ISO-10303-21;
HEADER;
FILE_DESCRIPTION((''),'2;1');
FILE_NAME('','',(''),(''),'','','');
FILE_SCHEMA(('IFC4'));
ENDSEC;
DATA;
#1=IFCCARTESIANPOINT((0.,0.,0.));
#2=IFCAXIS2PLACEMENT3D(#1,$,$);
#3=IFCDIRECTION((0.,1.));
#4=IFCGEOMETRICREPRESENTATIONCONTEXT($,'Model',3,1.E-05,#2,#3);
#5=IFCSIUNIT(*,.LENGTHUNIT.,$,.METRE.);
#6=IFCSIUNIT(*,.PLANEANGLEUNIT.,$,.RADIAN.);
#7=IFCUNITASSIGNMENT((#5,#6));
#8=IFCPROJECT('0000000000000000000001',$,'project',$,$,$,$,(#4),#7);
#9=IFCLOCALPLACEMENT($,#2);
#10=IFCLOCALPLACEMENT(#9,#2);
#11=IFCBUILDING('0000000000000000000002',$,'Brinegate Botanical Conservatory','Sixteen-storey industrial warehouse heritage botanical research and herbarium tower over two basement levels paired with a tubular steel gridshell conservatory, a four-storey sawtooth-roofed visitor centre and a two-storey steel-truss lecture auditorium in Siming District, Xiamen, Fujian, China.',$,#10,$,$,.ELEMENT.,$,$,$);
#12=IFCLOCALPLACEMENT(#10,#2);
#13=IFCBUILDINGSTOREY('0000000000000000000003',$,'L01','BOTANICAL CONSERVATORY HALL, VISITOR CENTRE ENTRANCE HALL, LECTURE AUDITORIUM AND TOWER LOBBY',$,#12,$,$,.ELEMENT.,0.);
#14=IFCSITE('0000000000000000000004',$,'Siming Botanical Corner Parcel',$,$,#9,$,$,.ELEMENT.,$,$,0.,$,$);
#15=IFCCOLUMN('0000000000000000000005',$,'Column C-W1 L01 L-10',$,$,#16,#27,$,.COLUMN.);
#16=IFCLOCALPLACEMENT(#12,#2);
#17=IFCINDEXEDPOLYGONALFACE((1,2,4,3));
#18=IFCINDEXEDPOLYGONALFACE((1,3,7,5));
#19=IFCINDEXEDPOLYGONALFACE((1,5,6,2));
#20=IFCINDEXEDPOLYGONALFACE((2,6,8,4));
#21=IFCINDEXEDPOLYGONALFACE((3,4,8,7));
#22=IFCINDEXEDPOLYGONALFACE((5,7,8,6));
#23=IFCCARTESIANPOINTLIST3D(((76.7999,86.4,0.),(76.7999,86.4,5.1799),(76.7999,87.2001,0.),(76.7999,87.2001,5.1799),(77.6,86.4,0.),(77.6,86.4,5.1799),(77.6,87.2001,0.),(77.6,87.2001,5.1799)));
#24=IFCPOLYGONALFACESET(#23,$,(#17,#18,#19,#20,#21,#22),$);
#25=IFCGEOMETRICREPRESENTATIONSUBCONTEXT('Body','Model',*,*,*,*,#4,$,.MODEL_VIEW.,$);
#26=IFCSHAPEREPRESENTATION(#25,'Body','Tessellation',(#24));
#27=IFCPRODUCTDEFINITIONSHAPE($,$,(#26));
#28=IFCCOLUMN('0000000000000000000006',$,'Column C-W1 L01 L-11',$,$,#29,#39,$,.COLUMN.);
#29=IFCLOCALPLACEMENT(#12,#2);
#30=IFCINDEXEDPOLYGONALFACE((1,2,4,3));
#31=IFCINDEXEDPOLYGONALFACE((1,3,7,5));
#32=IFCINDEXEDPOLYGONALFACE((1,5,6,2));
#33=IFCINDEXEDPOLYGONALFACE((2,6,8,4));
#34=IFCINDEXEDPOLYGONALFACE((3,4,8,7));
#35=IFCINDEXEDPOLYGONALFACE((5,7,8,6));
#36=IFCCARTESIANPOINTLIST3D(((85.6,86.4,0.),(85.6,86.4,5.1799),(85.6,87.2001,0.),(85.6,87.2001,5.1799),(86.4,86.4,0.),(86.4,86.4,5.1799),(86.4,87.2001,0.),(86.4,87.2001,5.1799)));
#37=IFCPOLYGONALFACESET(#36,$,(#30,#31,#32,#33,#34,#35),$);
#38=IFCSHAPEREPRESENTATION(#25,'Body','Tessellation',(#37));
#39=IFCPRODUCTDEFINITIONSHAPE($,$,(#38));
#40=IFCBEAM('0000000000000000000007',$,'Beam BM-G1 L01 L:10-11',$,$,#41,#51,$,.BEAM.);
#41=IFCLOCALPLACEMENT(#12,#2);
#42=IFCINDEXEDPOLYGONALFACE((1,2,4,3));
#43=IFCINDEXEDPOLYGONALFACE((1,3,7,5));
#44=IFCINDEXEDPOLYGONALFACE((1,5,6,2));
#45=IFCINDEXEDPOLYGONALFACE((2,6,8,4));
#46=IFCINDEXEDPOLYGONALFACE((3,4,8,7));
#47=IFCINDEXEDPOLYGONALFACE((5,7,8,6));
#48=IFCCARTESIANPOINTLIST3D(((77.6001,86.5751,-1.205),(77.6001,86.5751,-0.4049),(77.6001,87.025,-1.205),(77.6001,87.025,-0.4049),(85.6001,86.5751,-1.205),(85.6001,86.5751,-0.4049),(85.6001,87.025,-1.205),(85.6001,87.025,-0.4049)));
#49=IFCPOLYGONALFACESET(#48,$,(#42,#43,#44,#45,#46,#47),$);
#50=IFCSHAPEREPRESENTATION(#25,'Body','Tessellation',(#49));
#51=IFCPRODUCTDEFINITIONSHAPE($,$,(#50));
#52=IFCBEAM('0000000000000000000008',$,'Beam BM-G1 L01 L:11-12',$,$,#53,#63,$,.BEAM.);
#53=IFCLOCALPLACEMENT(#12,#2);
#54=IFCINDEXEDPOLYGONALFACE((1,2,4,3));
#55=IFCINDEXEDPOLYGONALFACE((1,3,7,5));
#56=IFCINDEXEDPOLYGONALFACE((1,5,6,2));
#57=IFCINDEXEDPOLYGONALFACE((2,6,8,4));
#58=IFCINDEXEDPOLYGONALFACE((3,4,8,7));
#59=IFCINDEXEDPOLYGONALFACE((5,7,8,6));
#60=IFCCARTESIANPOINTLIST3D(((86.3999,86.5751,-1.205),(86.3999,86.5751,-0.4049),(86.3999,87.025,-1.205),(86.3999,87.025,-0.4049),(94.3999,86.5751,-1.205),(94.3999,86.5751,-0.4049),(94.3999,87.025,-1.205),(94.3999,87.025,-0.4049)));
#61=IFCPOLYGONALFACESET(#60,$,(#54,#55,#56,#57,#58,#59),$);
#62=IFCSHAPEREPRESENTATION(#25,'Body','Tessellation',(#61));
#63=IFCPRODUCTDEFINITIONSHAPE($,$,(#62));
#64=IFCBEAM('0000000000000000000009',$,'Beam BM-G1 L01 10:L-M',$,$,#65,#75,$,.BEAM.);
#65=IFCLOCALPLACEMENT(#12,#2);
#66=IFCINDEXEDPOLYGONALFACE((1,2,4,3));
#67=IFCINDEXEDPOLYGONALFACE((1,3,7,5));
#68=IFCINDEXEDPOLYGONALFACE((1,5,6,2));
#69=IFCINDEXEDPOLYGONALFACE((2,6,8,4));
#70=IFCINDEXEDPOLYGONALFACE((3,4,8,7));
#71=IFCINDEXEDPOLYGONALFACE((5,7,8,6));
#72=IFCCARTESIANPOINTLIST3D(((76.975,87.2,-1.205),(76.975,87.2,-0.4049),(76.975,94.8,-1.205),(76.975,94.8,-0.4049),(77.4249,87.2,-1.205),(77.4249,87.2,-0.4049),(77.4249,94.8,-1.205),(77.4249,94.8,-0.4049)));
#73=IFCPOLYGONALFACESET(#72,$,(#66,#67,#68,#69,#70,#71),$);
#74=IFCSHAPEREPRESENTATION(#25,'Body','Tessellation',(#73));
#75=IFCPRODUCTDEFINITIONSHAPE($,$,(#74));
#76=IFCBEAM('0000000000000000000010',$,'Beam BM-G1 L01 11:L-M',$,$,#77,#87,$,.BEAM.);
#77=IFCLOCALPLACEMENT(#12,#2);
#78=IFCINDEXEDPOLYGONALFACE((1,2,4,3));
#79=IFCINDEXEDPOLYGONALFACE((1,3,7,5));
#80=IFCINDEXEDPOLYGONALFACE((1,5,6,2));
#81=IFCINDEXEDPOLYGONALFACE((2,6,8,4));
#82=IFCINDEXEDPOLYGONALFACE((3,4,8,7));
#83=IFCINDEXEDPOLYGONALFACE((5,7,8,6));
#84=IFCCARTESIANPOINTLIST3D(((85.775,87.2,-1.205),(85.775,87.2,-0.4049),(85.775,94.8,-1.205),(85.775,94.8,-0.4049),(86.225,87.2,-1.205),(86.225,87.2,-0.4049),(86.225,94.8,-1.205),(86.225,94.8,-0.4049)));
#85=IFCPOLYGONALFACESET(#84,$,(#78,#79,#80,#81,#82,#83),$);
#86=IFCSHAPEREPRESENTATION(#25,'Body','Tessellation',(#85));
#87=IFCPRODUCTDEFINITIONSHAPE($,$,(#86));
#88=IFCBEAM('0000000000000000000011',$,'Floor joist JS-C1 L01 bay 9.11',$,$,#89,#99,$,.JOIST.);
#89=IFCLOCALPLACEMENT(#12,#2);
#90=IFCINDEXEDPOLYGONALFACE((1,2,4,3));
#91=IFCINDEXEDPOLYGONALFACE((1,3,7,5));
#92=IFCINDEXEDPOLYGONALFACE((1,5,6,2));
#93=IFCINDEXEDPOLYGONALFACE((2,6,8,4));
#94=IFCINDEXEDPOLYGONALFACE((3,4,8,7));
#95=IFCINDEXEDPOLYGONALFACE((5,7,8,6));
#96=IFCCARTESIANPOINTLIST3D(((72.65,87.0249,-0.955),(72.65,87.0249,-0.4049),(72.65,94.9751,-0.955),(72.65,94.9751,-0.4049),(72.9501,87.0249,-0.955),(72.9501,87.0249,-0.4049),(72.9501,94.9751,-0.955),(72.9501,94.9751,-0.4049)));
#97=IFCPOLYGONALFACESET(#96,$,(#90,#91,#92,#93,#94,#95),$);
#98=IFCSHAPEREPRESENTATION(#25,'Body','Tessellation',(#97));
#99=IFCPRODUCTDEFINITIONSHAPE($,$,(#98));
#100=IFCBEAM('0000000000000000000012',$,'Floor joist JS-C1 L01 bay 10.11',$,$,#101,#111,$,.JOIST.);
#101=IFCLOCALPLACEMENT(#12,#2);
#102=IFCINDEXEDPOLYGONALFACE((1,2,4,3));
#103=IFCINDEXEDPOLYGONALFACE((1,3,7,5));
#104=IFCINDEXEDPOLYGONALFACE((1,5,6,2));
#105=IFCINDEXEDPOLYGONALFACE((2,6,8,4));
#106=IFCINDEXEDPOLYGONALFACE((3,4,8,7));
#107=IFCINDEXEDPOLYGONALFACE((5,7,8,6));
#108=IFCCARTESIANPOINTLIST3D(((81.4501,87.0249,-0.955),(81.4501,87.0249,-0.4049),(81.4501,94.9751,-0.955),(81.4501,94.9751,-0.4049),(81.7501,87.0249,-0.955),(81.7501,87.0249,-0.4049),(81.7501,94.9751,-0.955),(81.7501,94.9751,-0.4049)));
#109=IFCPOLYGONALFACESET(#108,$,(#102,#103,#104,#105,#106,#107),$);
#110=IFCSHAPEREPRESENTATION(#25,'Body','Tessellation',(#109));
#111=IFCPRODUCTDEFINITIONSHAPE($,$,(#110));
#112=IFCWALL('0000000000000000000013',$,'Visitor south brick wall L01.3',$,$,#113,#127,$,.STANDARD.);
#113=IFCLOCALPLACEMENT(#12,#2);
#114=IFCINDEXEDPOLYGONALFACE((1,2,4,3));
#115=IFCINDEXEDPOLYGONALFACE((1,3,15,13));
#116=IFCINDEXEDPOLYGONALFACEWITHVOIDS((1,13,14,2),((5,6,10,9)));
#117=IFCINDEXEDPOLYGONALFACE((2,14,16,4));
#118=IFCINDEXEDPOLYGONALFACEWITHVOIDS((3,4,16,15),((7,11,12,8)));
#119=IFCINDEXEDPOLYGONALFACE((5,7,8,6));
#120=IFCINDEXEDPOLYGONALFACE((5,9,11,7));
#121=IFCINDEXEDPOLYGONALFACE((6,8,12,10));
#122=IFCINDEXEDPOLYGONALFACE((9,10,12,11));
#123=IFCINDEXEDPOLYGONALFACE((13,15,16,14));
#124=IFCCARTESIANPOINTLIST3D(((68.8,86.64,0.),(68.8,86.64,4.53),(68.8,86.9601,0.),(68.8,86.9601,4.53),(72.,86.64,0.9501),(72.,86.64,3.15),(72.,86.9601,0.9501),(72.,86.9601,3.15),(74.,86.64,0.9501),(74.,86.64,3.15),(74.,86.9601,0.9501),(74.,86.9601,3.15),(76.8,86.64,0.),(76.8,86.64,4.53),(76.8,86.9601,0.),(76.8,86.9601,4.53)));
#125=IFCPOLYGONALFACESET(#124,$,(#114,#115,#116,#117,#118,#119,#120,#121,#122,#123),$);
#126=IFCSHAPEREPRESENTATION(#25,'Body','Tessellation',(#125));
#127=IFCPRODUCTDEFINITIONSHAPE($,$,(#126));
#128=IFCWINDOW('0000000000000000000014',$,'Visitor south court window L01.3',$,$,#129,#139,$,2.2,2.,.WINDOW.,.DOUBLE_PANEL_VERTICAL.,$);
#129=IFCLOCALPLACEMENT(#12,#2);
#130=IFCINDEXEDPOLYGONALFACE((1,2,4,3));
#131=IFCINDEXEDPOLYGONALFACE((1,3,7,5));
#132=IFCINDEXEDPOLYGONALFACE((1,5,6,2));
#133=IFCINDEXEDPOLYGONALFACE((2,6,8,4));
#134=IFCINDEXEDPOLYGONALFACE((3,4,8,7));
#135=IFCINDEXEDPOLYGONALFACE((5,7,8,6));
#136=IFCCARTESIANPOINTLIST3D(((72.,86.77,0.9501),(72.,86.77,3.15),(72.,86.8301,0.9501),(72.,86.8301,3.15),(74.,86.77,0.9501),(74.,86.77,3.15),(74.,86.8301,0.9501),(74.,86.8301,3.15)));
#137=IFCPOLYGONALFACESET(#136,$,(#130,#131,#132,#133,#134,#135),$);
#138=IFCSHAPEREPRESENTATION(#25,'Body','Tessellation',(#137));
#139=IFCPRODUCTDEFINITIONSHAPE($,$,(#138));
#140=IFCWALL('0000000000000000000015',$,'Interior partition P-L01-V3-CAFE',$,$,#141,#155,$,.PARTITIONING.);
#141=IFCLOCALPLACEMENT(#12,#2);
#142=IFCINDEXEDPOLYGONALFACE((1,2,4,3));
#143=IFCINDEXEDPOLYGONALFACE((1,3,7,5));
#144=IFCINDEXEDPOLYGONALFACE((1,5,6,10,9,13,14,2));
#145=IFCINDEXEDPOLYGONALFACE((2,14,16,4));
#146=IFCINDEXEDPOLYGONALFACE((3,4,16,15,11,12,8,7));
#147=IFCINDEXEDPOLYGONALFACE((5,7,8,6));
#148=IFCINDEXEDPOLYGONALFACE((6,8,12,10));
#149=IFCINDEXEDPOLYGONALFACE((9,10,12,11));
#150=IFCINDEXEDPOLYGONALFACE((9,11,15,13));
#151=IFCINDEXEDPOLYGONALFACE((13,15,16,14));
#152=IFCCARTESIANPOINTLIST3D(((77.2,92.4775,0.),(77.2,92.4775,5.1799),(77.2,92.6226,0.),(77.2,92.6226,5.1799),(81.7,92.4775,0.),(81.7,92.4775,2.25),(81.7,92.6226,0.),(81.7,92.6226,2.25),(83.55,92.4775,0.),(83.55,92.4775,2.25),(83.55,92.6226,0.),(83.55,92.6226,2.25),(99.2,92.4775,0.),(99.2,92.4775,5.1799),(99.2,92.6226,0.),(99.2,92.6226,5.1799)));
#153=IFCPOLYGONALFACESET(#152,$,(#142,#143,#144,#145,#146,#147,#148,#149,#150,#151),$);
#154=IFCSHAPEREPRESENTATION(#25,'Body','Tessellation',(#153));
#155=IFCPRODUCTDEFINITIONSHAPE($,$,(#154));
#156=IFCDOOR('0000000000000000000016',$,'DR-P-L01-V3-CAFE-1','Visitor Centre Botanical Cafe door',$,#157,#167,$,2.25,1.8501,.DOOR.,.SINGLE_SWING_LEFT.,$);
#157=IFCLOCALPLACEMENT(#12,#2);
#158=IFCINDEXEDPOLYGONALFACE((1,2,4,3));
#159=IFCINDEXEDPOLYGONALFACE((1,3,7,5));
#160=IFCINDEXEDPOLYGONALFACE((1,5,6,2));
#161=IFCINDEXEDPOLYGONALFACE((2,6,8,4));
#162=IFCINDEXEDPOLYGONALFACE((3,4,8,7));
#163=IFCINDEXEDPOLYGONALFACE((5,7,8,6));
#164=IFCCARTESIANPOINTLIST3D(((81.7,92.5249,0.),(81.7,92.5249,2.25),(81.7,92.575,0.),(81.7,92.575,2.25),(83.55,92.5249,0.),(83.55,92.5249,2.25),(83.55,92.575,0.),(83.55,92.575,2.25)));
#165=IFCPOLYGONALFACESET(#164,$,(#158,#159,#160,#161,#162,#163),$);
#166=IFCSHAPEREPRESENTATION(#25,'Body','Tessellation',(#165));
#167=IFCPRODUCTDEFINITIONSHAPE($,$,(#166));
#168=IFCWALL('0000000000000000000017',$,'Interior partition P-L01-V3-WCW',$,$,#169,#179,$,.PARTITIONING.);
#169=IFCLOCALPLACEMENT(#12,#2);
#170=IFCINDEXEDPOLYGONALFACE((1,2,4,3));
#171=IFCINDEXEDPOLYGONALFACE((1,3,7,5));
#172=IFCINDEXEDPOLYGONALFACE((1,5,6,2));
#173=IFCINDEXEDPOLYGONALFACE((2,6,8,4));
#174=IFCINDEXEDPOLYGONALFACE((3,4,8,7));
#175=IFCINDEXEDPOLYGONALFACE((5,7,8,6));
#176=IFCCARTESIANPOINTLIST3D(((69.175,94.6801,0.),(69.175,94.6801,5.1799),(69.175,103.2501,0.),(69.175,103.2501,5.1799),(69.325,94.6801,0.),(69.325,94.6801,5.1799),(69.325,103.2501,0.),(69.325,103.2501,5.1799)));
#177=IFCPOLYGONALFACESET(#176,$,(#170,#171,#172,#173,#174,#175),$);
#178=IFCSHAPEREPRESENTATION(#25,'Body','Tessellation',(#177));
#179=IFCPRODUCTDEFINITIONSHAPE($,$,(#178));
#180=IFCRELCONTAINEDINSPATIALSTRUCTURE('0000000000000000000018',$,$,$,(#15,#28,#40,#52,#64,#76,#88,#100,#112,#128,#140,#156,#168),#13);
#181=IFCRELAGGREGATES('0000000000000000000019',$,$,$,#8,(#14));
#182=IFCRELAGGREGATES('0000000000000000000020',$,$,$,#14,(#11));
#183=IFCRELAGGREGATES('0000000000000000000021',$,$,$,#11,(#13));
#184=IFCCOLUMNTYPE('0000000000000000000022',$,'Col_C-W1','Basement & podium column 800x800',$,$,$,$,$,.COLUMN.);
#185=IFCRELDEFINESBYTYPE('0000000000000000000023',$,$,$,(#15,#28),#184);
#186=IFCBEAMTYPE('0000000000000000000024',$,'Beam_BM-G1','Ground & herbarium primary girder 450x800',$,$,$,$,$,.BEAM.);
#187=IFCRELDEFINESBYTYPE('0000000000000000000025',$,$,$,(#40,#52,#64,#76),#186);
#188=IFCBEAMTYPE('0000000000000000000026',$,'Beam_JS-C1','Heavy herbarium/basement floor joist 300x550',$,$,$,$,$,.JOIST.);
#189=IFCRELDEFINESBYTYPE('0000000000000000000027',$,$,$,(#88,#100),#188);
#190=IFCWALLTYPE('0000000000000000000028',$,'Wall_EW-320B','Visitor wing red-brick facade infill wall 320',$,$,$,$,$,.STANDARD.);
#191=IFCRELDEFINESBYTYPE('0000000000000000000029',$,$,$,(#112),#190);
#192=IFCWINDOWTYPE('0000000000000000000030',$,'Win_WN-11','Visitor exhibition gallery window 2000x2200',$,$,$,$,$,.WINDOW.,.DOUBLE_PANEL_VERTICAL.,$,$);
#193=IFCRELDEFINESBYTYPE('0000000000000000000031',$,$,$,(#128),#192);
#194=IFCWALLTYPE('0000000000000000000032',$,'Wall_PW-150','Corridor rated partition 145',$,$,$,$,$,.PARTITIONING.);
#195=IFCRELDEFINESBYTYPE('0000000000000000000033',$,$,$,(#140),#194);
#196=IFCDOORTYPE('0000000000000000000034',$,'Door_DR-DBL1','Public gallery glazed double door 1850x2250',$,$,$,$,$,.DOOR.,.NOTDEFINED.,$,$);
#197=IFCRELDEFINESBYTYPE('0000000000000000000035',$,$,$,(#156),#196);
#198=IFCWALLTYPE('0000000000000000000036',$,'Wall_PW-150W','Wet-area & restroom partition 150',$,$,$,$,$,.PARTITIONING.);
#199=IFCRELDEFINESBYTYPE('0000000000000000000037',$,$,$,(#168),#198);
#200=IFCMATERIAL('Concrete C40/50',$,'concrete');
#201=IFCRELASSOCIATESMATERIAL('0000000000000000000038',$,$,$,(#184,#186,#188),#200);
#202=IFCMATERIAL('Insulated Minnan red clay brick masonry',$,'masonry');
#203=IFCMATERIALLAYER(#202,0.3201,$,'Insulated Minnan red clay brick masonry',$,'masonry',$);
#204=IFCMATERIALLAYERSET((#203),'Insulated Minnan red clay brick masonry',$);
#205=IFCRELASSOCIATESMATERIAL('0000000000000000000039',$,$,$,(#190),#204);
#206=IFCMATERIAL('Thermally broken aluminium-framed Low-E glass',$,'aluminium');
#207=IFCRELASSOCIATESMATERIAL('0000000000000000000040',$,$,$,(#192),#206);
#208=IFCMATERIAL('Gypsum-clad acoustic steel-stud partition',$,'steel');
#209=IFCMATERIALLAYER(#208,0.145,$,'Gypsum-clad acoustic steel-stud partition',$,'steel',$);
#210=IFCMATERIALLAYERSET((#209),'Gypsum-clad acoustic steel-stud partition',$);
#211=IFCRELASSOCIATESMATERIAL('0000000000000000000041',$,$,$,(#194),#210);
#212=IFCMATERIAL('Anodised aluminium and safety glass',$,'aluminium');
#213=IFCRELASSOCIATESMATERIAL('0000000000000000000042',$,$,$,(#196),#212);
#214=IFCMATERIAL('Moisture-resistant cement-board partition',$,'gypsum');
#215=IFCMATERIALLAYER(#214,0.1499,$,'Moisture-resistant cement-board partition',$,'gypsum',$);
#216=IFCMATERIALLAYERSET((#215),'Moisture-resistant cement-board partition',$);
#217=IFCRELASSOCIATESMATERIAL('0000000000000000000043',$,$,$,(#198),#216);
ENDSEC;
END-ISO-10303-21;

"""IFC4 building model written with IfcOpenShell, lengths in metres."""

from ifc_helpers import new_model, si_unit, direction, frame, frame_2d, origin, origin_2d, place, context, subcontext, project, spatial, rectangle, extrude, material, layer, layer_set, material_profile, profile_set, type_object, element, fill, save


model = new_model("IFC4")

# Units and contexts
model_context = context("Model", 3, precision=1e-05, world=origin(), true_north=direction((0.0, 1.0)))
body_context = subcontext(model_context, "Body", "Model", "MODEL_VIEW")
ifc_project = project(units=[si_unit("LENGTHUNIT", "METRE"), si_unit("PLANEANGLEUNIT", "RADIAN")], contexts=[model_context])

# Site, building, storey
site_placement = place(None, origin())
site = spatial("IfcSite", under=ifc_project, at=site_placement, Name="Siming Botanical Corner Parcel", CompositionType="ELEMENT", RefElevation=0.0)
building_placement = place(site_placement, origin())
building = spatial("IfcBuilding", under=site, at=building_placement, Name="Brinegate Botanical Conservatory", Description="Sixteen-storey industrial warehouse heritage botanical research and herbarium tower over two basement levels paired with a tubular steel gridshell conservatory, a four-storey sawtooth-roofed visitor centre and a two-storey steel-truss lecture auditorium in Siming District, Xiamen, Fujian, China.", CompositionType="ELEMENT")
storey_placement = place(building_placement, origin())
storey = spatial("IfcBuildingStorey", under=building, at=storey_placement, Name="L01", Description="BOTANICAL CONSERVATORY HALL, VISITOR CENTRE ENTRANCE HALL, LECTURE AUDITORIUM AND TOWER LOBBY", CompositionType="ELEMENT", Elevation=0.0)

# Columns
ifc_material_1 = material(Name="Concrete C40/50", Category="concrete")
ifc_material_profile_1 = material_profile(ifc_material_1, rectangle(XDim=0.8, YDim=0.8, at=origin_2d()), Name="RC COL 800x800")
ifc_profile_set_1 = profile_set([ifc_material_profile_1], Name="Concrete C40/50")
column_type = type_object("IfcColumnType", Name="Col_C-W1", Description="Basement & podium column 800x800", PredefinedType="COLUMN", material=ifc_profile_set_1)
for number, where, z_axis, x_axis, name in (
    (1, (77.2, 86.8, 0.0), (0.0, 0.0, 1.0), (1.0, 0.0, 0.0), "Column C-W1 L01 L-10"),
    (2, (86.0, 86.8, 0.0), (0.0, 0.0, 1.0), (1.0, 0.0, 0.0), "Column C-W1 L01 L-11"),
):
    element("IfcColumn", number, at=place(storey_placement, frame(where, z_axis=z_axis, x_axis=x_axis)), inside=storey, type_object=column_type, Name=name, PredefinedType="COLUMN", context=body_context, shape_type="SweptSolid", body=[
        extrude(rectangle(XDim=0.8, YDim=0.8, at=origin_2d()), origin(), (0.0, 0.0, 1.0), 5.1799),
    ])

# Beams
ifc_material_profile_2 = material_profile(ifc_material_1, rectangle(XDim=0.45, YDim=0.8, at=origin_2d()), Name="RC BM 450x800")
ifc_profile_set_2 = profile_set([ifc_material_profile_2], Name="Concrete C40/50")
beam_type_1 = type_object("IfcBeamType", Name="Beam_BM-G1", Description="Ground & herbarium primary girder 450x800", PredefinedType="BEAM", material=ifc_profile_set_2)
for number, where, z_axis, x_axis, name in (
    (3, (77.6001, 86.8, -0.8049), (1.0, 0.0, 0.0), (0.0, 1.0, 0.0), "Beam BM-G1 L01 L:10-11"),
    (4, (86.3999, 86.8, -0.8049), (1.0, 0.0, 0.0), (0.0, 1.0, 0.0), "Beam BM-G1 L01 L:11-12"),
):
    element("IfcBeam", number, at=place(storey_placement, frame(where, z_axis=z_axis, x_axis=x_axis)), inside=storey, type_object=beam_type_1, Name=name, PredefinedType="BEAM", context=body_context, shape_type="SweptSolid", body=[
        extrude(rectangle(XDim=0.45, YDim=0.8, at=origin_2d()), origin(), (0.0, 0.0, 1.0), 8.0),
    ])
for number, where, z_axis, x_axis, name in (
    (5, (77.2, 87.2, -0.8049), (0.0, 1.0, 0.0), (-1.0, 0.0, 0.0), "Beam BM-G1 L01 10:L-M"),
    (6, (86.0, 87.2, -0.8049), (0.0, 1.0, 0.0), (-1.0, 0.0, 0.0), "Beam BM-G1 L01 11:L-M"),
):
    element("IfcBeam", number, at=place(storey_placement, frame(where, z_axis=z_axis, x_axis=x_axis)), inside=storey, type_object=beam_type_1, Name=name, PredefinedType="BEAM", context=body_context, shape_type="SweptSolid", body=[
        extrude(rectangle(XDim=0.45, YDim=0.8, at=origin_2d()), origin(), (0.0, 0.0, 1.0), 7.6001),
    ])
ifc_material_profile_3 = material_profile(ifc_material_1, rectangle(XDim=0.3, YDim=0.55, at=origin_2d()), Name="RC JST 300x550")
ifc_profile_set_3 = profile_set([ifc_material_profile_3], Name="Concrete C40/50")
beam_type_2 = type_object("IfcBeamType", Name="Beam_JS-C1", Description="Heavy herbarium/basement floor joist 300x550", PredefinedType="JOIST", material=ifc_profile_set_3)
for number, where, z_axis, x_axis, name in (
    (7, (72.8, 87.0249, -0.6799), (0.0, 1.0, 0.0), (-1.0, 0.0, 0.0), "Floor joist JS-C1 L01 bay 9.11"),
    (8, (81.6001, 87.0249, -0.6799), (0.0, 1.0, 0.0), (-1.0, 0.0, 0.0), "Floor joist JS-C1 L01 bay 10.11"),
):
    element("IfcBeam", number, at=place(storey_placement, frame(where, z_axis=z_axis, x_axis=x_axis)), inside=storey, type_object=beam_type_2, Name=name, PredefinedType="JOIST", context=body_context, shape_type="SweptSolid", body=[
        extrude(rectangle(XDim=0.3, YDim=0.55, at=origin_2d()), origin(), (0.0, 0.0, 1.0), 7.9502),
    ])

# Wall, opening, window
ifc_material_2 = material(Name="Insulated Minnan red clay brick masonry", Category="masonry")
ifc_layer_1 = layer(ifc_material_2, 0.3201, Name="Insulated Minnan red clay brick masonry", Category="masonry")
ifc_layer_set_1 = layer_set([ifc_layer_1], Name="Insulated Minnan red clay brick masonry")
wall_type_1 = type_object("IfcWallType", Name="Wall_EW-320B", Description="Visitor wing red-brick facade infill wall 320", PredefinedType="STANDARD", material=ifc_layer_set_1)
wall_1_placement = place(storey_placement, frame((76.8, 86.8, 0.0), z_axis=(0.0, 0.0, 1.0), x_axis=(-1.0, 0.0, 0.0)))
wall_1 = element("IfcWall", 9, at=wall_1_placement, inside=storey, type_object=wall_type_1, Name="Visitor south brick wall L01.3", PredefinedType="STANDARD", context=body_context, shape_type="SweptSolid", body=[
    extrude(rectangle(XDim=8.0, YDim=0.3201, at=frame_2d((4.0, 0.0))), origin(), (0.0, 0.0, 1.0), 4.53),
])
opening_1_placement = place(wall_1_placement, frame((2.8, 0.0, 0.95)))
opening_1 = element("IfcOpeningElement", 10, at=opening_1_placement, cuts=wall_1, PredefinedType="OPENING", context=body_context, shape_type="SweptSolid", body=[
    extrude(rectangle(XDim=2.0, YDim=2.2, at=frame_2d((1.0, 1.1001))), frame((0.0, 0.1699, 0.0), z_axis=(0.0, -1.0, 0.0), x_axis=(1.0, 0.0, 0.0)), (0.0, 0.0, 1.0), 0.3401),
])
ifc_material_3 = material(Name="Thermally broken aluminium-framed Low-E glass", Category="aluminium")
window_type = type_object("IfcWindowType", Name="Win_WN-11", Description="Visitor exhibition gallery window 2000x2200", PartitioningType="DOUBLE_PANEL_VERTICAL", PredefinedType="WINDOW", material=ifc_material_3)
window_placement = place(opening_1_placement, origin())
window = element("IfcWindow", 11, at=window_placement, inside=storey, type_object=window_type, Name="Visitor south court window L01.3", OverallHeight=2.2, OverallWidth=2.0, PartitioningType="DOUBLE_PANEL_VERTICAL", PredefinedType="WINDOW", context=body_context, shape_type="SweptSolid", body=[
    extrude(rectangle(XDim=2.0, YDim=2.2, at=frame_2d((1.0, 1.1001))), frame((0.0, 0.03, 0.0), z_axis=(0.0, -1.0, 0.0), x_axis=(1.0, 0.0, 0.0)), (0.0, 0.0, 1.0), 0.0601),
])
fill(opening_1, window)

# Wall, opening, door
ifc_material_4 = material(Name="Gypsum-clad acoustic steel-stud partition", Category="steel")
ifc_layer_2 = layer(ifc_material_4, 0.145, Name="Gypsum-clad acoustic steel-stud partition", Category="steel")
ifc_layer_set_2 = layer_set([ifc_layer_2], Name="Gypsum-clad acoustic steel-stud partition")
wall_type_2 = type_object("IfcWallType", Name="Wall_PW-150", Description="Corridor rated partition 145", PredefinedType="PARTITIONING", material=ifc_layer_set_2)
wall_2_placement = place(storey_placement, frame((77.2, 92.55, 0.0), z_axis=(0.0, 0.0, 1.0), x_axis=(1.0, 0.0, 0.0)))
wall_2 = element("IfcWall", 12, at=wall_2_placement, inside=storey, type_object=wall_type_2, Name="Interior partition P-L01-V3-CAFE", PredefinedType="PARTITIONING", context=body_context, shape_type="SweptSolid", body=[
    extrude(rectangle(XDim=22.0, YDim=0.145, at=frame_2d((11.0, 0.0))), origin(), (0.0, 0.0, 1.0), 5.1799),
])
opening_2_placement = place(wall_2_placement, frame((4.5, 0.0, 0.0)))
opening_2 = element("IfcOpeningElement", 13, at=opening_2_placement, cuts=wall_2, PredefinedType="OPENING", context=body_context, shape_type="SweptSolid", body=[
    extrude(rectangle(XDim=1.8501, YDim=2.25, at=frame_2d((0.925, 1.125))), frame((0.0, 0.0825, 0.0), z_axis=(0.0, -1.0, 0.0), x_axis=(1.0, 0.0, 0.0)), (0.0, 0.0, 1.0), 0.165),
])
ifc_material_5 = material(Name="Anodised aluminium and safety glass", Category="aluminium")
door_type_1 = type_object("IfcDoorType", Name="Door_DR-DBL1", Description="Public gallery glazed double door 1850x2250", OperationType="NOTDEFINED", PredefinedType="DOOR", material=ifc_material_5)
door_1_placement = place(opening_2_placement, origin())
door_1 = element("IfcDoor", 14, at=door_1_placement, inside=storey, type_object=door_type_1, Name="DR-P-L01-V3-CAFE-1", Description="Visitor Centre Botanical Cafe door", OperationType="SINGLE_SWING_LEFT", OverallHeight=2.25, OverallWidth=1.8501, PredefinedType="DOOR", context=body_context, shape_type="SweptSolid", body=[
    extrude(rectangle(XDim=1.8501, YDim=2.25, at=frame_2d((0.925, 1.125))), frame((0.0, 0.0249, 0.0), z_axis=(0.0, -1.0, 0.0), x_axis=(1.0, 0.0, 0.0)), (0.0, 0.0, 1.0), 0.05),
])
fill(opening_2, door_1)

# Wall
ifc_material_6 = material(Name="Moisture-resistant cement-board partition", Category="gypsum")
ifc_layer_3 = layer(ifc_material_6, 0.1499, Name="Moisture-resistant cement-board partition", Category="gypsum")
ifc_layer_set_3 = layer_set([ifc_layer_3], Name="Moisture-resistant cement-board partition")
wall_type_3 = type_object("IfcWallType", Name="Wall_PW-150W", Description="Wet-area & restroom partition 150", PredefinedType="PARTITIONING", material=ifc_layer_set_3)
for number, where, z_axis, x_axis, name in (
    (15, (69.25, 94.6799, 0.0), (0.0, 0.0, 1.0), (0.0, 1.0, 0.0), "Interior partition P-L01-V3-WCW"),
):
    element("IfcWall", number, at=place(storey_placement, frame(where, z_axis=z_axis, x_axis=x_axis)), inside=storey, type_object=wall_type_3, Name=name, PredefinedType="PARTITIONING", context=body_context, shape_type="SweptSolid", body=[
        extrude(rectangle(XDim=8.5701, YDim=0.1499, at=frame_2d((4.2852, 0.0))), origin(), (0.0, 0.0, 1.0), 5.1799),
    ])

save(model, "model.ifc")
